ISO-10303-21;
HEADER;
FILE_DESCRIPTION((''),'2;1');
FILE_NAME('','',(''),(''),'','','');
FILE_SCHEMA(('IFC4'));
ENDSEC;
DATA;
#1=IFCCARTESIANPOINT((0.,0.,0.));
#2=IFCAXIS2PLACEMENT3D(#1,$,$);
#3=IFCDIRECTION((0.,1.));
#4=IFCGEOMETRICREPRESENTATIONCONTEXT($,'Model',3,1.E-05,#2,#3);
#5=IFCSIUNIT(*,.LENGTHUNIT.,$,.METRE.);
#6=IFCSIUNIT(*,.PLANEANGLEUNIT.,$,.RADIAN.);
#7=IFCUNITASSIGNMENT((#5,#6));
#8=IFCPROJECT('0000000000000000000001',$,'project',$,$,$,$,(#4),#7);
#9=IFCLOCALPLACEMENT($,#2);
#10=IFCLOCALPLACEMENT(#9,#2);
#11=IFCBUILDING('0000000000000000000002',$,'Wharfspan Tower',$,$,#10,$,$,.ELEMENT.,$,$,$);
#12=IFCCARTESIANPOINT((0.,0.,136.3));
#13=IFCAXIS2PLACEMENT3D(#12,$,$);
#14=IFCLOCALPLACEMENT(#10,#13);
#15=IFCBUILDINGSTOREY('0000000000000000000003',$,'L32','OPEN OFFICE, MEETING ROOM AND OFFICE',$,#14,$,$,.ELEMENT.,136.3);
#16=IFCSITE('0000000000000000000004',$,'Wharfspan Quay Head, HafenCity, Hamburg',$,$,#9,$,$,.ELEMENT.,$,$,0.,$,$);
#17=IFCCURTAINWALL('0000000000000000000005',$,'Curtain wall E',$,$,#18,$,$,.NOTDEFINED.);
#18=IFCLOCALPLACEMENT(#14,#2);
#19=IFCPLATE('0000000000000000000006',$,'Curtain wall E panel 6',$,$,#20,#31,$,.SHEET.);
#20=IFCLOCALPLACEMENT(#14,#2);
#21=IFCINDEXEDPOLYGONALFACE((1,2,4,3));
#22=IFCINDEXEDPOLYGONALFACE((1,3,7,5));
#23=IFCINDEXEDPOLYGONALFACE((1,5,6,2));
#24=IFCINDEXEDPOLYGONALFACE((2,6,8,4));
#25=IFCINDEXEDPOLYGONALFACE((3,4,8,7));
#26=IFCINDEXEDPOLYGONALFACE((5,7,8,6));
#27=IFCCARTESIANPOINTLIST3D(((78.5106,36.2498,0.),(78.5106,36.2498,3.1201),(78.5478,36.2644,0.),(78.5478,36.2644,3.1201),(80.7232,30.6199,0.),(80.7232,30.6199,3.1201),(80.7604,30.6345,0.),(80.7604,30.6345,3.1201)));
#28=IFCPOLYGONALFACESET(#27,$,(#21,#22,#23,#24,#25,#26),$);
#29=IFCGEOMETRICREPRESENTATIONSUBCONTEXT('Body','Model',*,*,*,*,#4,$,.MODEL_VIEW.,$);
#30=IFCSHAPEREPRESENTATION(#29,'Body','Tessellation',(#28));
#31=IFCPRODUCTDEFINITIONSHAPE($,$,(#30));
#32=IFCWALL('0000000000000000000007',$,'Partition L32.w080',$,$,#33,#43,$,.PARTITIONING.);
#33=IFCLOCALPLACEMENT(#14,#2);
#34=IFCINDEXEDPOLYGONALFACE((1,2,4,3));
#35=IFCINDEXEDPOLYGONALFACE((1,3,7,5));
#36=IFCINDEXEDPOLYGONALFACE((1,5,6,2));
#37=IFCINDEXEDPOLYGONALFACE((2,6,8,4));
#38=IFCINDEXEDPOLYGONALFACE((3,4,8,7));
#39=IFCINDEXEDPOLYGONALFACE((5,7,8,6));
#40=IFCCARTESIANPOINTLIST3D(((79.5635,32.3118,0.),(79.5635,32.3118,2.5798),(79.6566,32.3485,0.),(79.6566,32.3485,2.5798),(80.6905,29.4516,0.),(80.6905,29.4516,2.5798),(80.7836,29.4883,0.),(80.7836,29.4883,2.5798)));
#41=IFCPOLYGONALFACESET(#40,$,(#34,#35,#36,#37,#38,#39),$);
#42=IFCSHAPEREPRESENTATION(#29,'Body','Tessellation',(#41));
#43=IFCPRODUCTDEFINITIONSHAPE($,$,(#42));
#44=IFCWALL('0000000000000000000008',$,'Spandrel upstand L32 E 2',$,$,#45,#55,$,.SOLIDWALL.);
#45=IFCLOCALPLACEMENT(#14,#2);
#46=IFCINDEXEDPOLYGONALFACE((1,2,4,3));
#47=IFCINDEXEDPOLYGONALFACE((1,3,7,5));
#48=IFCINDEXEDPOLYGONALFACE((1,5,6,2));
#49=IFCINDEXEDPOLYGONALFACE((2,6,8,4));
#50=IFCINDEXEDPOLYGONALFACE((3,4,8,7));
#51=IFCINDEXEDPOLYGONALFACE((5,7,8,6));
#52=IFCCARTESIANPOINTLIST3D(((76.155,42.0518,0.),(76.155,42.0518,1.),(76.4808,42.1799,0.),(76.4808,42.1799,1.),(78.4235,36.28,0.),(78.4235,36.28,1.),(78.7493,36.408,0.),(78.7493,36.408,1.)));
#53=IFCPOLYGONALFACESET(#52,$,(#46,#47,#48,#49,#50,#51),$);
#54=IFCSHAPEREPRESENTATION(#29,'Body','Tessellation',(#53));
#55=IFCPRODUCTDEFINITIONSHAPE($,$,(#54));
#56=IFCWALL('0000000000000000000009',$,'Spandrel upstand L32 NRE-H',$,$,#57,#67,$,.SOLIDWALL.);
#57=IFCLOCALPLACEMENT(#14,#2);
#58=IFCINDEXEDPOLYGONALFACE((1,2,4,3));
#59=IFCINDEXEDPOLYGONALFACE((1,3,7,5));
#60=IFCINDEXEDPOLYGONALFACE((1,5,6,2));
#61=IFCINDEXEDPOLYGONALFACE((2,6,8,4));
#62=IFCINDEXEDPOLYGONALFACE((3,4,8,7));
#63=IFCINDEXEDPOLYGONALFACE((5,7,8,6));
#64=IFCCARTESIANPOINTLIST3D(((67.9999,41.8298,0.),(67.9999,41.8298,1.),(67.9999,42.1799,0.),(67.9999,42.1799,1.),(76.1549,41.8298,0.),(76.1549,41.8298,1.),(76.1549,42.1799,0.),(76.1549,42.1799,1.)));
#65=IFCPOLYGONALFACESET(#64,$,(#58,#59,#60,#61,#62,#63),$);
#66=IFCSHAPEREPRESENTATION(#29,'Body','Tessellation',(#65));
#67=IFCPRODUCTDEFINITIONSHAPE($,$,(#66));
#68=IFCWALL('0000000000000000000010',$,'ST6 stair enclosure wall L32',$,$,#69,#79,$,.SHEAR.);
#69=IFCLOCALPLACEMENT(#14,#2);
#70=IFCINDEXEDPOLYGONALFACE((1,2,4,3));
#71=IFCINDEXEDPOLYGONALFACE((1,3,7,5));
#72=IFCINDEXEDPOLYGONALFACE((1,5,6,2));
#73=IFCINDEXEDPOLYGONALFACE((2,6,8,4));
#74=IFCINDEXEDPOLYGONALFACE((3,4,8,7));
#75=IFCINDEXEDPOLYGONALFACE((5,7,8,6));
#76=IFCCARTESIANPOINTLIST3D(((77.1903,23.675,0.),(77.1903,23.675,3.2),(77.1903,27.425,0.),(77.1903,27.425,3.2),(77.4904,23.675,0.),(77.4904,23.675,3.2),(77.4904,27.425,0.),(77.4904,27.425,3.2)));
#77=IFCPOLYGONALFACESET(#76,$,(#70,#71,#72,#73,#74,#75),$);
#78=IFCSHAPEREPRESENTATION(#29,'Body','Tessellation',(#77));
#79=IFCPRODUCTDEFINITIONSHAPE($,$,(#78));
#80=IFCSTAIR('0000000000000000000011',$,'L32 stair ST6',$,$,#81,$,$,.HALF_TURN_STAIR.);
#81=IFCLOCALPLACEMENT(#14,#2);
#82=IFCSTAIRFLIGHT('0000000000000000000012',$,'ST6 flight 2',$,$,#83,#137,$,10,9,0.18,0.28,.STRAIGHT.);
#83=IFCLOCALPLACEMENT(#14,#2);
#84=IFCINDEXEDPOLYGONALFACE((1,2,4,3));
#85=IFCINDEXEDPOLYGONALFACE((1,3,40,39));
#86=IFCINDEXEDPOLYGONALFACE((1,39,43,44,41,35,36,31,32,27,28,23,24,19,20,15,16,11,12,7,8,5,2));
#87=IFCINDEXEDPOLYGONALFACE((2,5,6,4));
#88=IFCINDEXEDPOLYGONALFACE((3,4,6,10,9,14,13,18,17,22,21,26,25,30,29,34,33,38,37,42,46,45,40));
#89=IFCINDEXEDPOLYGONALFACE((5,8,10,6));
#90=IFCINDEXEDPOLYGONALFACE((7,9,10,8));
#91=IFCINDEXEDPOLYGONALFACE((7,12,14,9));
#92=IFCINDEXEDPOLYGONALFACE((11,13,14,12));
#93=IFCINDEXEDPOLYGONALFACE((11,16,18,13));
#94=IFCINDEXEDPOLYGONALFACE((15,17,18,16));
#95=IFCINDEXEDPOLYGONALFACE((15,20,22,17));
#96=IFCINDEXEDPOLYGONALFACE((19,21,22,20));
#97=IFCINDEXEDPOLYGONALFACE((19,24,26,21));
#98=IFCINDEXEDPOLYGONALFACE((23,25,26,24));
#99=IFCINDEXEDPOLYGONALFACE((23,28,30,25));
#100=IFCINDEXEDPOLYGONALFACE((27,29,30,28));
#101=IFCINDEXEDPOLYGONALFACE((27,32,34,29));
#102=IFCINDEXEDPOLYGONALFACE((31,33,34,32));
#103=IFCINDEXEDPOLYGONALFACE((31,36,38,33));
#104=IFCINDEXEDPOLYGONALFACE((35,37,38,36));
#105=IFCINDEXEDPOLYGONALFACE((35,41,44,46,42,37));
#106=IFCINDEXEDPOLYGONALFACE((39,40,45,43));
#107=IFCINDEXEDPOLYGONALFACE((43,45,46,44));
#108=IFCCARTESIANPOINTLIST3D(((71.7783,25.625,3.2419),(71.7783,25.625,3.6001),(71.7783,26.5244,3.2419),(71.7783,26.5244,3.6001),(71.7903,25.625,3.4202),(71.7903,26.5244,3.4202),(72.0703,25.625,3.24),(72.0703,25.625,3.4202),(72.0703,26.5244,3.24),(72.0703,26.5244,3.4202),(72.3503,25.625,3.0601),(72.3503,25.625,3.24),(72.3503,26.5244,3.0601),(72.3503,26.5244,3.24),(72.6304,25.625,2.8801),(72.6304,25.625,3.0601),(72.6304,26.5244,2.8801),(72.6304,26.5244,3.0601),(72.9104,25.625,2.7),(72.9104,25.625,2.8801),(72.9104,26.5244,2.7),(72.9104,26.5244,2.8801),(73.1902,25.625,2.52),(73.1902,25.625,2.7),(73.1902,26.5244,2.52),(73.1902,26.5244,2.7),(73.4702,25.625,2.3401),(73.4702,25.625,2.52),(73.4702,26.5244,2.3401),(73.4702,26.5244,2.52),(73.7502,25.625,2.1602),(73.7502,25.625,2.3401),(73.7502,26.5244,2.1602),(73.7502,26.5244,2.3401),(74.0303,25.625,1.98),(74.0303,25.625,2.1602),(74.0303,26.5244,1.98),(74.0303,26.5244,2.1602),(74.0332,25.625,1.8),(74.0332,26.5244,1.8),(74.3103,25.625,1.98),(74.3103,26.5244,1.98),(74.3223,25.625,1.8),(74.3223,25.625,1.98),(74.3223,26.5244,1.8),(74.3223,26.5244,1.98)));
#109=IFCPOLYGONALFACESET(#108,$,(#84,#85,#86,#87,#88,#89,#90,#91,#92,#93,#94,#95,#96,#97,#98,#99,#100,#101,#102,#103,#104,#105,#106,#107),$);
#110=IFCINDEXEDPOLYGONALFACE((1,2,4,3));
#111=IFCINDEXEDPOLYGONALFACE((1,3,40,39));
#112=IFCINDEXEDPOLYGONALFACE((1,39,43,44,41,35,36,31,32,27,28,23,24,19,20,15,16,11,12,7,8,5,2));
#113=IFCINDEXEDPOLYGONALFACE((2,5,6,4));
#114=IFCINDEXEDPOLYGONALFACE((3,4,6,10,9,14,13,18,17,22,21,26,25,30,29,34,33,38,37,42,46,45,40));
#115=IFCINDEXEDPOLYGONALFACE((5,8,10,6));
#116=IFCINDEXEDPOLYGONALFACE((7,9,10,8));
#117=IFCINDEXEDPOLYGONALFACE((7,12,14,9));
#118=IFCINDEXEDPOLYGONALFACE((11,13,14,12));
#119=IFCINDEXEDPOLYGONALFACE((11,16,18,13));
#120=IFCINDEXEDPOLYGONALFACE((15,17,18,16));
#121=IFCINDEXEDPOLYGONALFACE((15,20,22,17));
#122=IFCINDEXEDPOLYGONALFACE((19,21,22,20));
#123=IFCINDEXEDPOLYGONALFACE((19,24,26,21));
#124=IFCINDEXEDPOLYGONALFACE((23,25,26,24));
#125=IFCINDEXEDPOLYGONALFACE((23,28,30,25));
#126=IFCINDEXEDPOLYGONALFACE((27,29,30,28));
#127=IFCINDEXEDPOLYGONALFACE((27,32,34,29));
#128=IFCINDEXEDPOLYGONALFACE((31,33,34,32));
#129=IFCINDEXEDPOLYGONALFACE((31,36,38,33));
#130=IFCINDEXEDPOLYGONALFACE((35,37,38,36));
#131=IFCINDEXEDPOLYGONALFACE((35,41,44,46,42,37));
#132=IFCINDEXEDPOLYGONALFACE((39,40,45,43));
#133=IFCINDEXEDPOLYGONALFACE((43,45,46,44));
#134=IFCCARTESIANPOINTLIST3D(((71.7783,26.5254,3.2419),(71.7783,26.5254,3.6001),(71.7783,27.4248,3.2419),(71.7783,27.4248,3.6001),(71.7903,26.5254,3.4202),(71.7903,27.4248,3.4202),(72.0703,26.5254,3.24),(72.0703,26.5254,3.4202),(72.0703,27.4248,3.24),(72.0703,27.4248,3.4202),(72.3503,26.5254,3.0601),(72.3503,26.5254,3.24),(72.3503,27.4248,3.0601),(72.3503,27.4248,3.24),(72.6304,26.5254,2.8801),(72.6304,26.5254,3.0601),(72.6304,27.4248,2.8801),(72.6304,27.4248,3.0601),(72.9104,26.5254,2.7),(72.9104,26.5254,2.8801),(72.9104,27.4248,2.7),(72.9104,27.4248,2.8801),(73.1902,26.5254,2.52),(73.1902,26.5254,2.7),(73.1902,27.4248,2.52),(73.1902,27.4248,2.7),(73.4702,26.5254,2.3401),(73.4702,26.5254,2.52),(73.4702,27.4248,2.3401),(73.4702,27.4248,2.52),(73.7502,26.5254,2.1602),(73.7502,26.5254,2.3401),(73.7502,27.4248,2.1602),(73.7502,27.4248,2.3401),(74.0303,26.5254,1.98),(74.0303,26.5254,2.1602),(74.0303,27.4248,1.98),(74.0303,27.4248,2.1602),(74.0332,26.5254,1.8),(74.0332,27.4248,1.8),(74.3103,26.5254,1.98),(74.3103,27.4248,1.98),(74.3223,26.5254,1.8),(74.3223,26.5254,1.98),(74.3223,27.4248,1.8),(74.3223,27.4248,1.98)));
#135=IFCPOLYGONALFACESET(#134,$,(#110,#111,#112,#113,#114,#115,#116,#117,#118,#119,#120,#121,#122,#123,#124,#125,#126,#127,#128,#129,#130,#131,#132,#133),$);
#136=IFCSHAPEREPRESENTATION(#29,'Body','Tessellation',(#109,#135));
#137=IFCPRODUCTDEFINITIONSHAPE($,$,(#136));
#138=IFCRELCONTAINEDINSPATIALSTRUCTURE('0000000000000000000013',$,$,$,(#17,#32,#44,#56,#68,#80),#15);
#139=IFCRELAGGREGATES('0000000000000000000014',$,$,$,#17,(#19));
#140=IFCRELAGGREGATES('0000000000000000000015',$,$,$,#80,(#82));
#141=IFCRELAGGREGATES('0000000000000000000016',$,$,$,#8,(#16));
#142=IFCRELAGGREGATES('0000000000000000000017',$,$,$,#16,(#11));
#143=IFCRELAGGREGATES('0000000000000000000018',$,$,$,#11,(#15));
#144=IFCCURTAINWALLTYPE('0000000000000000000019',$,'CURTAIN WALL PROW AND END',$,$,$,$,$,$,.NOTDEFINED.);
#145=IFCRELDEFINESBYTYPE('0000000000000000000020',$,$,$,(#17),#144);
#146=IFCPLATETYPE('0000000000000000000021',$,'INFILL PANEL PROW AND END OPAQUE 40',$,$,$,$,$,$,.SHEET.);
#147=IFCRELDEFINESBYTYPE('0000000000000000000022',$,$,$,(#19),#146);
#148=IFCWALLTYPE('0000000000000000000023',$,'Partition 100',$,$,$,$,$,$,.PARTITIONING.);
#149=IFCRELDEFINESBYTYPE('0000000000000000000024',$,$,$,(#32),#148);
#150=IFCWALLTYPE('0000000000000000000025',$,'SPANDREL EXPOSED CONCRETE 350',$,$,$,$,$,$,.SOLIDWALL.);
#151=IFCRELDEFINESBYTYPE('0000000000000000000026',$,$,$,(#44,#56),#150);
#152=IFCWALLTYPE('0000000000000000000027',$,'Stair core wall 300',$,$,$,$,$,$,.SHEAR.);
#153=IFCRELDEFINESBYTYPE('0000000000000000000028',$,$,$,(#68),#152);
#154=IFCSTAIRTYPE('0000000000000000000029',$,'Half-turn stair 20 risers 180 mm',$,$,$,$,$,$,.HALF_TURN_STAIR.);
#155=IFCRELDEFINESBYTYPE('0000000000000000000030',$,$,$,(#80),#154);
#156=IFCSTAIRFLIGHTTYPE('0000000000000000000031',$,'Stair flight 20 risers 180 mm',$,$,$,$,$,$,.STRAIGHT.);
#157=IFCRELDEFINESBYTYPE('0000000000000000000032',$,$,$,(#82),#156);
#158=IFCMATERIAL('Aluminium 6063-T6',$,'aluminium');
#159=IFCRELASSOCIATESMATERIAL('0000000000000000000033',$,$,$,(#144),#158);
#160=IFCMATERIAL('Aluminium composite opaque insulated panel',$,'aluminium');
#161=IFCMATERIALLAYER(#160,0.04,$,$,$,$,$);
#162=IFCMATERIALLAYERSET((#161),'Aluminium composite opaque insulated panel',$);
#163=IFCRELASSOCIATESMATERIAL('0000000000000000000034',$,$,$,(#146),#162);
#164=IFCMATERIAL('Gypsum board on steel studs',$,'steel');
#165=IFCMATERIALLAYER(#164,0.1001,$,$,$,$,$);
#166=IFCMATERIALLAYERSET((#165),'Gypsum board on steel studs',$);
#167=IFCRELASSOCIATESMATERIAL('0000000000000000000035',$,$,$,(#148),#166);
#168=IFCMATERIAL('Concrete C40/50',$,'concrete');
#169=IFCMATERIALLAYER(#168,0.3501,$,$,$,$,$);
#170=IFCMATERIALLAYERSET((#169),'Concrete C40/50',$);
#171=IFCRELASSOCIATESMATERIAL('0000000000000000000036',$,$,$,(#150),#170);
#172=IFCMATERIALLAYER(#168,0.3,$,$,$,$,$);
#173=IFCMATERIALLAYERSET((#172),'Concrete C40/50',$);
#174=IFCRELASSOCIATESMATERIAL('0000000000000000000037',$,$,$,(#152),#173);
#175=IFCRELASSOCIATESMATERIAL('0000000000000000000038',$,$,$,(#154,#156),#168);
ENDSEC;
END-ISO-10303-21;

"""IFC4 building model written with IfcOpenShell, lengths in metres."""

from ifc_helpers import new_model, si_unit, direction, frame, frame_2d, origin, origin_2d, place, context, subcontext, project, spatial, polyline, rectangle, outline, extrude, material, layer, layer_set, type_object, element, aggregate, save


model = new_model("IFC4")

# Units and contexts
model_context = context("Model", 3, precision=1e-05, world=origin(), true_north=direction((0.0, 1.0)))
body_context = subcontext(model_context, "Body", "Model", "MODEL_VIEW")
ifc_project = project(units=[si_unit("LENGTHUNIT", "METRE"), si_unit("PLANEANGLEUNIT", "RADIAN")], contexts=[model_context])

# Site, building, storey
site_placement = place(None, origin())
site = spatial("IfcSite", under=ifc_project, at=site_placement, Name="Wharfspan Quay Head, HafenCity, Hamburg", CompositionType="ELEMENT", RefElevation=0.0)
building_placement = place(site_placement, origin())
building = spatial("IfcBuilding", under=site, at=building_placement, Name="Wharfspan Tower", CompositionType="ELEMENT")
storey_placement = place(building_placement, frame((0.0, 0.0, 136.3)))
storey = spatial("IfcBuildingStorey", under=building, at=storey_placement, Name="L32", Description="OPEN OFFICE, MEETING ROOM AND OFFICE", CompositionType="ELEMENT", Elevation=136.3)

# Curtain wall
ifc_material_1 = material(Name="Aluminium 6063-T6", Category="aluminium")
curtain_wall_type = type_object("IfcCurtainWallType", Name="CURTAIN WALL PROW AND END", PredefinedType="NOTDEFINED", material=ifc_material_1)
curtain_wall_1_placement = place(storey_placement, origin())
curtain_wall_1 = element("IfcCurtainWall", 1, at=curtain_wall_1_placement, inside=storey, type_object=curtain_wall_type, Name="Curtain wall E", PredefinedType="NOTDEFINED")

# Plate
ifc_material_2 = material(Name="Aluminium composite opaque insulated panel", Category="aluminium")
ifc_layer_1 = layer(ifc_material_2, 0.04)
ifc_layer_set_1 = layer_set([ifc_layer_1], Name="Aluminium composite opaque insulated panel")
plate_type_1 = type_object("IfcPlateType", Name="INFILL PANEL PROW AND END OPAQUE 40", PredefinedType="SHEET", material=ifc_layer_set_1)
plate_1_placement = place(storey_placement, frame((79.6355, 33.4421, 0.0), z_axis=(0.0, 0.0, 1.0), x_axis=(-0.365778, 0.930702, 0.0)))
plate_1 = element("IfcPlate", 2, at=plate_1_placement, type_object=plate_type_1, Name="Curtain wall E panel 6", PredefinedType="SHEET", context=body_context, shape_type="SweptSolid", body=[
    extrude(rectangle(XDim=6.0491, YDim=0.04, at=origin_2d()), origin(), (0.0, 0.0, 1.0), 3.1201),
])
aggregate(curtain_wall_1, [plate_1])

# Walls
ifc_material_3 = material(Name="Gypsum board on steel studs", Category="steel")
ifc_layer_2 = layer(ifc_material_3, 0.1001)
ifc_layer_set_2 = layer_set([ifc_layer_2], Name="Gypsum board on steel studs")
wall_type_1 = type_object("IfcWallType", Name="Partition 100", PredefinedType="PARTITIONING", material=ifc_layer_set_2)
wall_1_placement = place(storey_placement, frame((80.7371, 29.47, 0.0), z_axis=(0.0, 0.0, 1.0), x_axis=(-0.366592, 0.930378, 0.0)))
element("IfcWall", 3, at=wall_1_placement, inside=storey, type_object=wall_type_1, Name="Partition L32.w080", PredefinedType="PARTITIONING", context=body_context, shape_type="SweptSolid", body=[
    extrude(rectangle(XDim=3.0742, YDim=0.1001, at=frame_2d((1.5371, 0.0))), origin(), (0.0, 0.0, 1.0), 2.5798),
])
ifc_material_4 = material(Name="Concrete C40/50", Category="concrete")
ifc_layer_3 = layer(ifc_material_4, 0.3501)
ifc_layer_set_3 = layer_set([ifc_layer_3], Name="Concrete C40/50")
wall_type_2 = type_object("IfcWallType", Name="SPANDREL EXPOSED CONCRETE 350", PredefinedType="SOLIDWALL", material=ifc_layer_set_3)
wall_2_placement = place(storey_placement, frame((78.5864, 36.344, 0.0), z_axis=(0.0, 0.0, 1.0), x_axis=(-0.365792, 0.930699, 0.0)))
element("IfcWall", 4, at=wall_2_placement, inside=storey, type_object=wall_type_2, Name="Spandrel upstand L32 E 2", PredefinedType="SOLIDWALL", context=body_context, shape_type="SweptSolid", body=[
    extrude(rectangle(XDim=6.2017, YDim=0.3501, at=frame_2d((3.1008, 0.0))), origin(), (0.0, 0.0, 1.0), 1.0),
])
wall_3_placement = place(storey_placement, frame((76.155, 42.0049, 0.0), z_axis=(0.0, 0.0, 1.0), x_axis=(-1.0, 0.0, 0.0)))
element("IfcWall", 5, at=wall_3_placement, inside=storey, type_object=wall_type_2, Name="Spandrel upstand L32 NRE-H", PredefinedType="SOLIDWALL", context=body_context, shape_type="SweptSolid", body=[
    extrude(rectangle(XDim=8.155, YDim=0.3501, at=frame_2d((4.0776, 0.0))), origin(), (0.0, 0.0, 1.0), 1.0),
])
ifc_layer_4 = layer(ifc_material_4, 0.3)
ifc_layer_set_4 = layer_set([ifc_layer_4], Name="Concrete C40/50")
wall_type_3 = type_object("IfcWallType", Name="Stair core wall 300", PredefinedType="SHEAR", material=ifc_layer_set_4)
wall_4_placement = place(storey_placement, frame((77.3403, 23.675, 0.0), z_axis=(0.0, 0.0, 1.0), x_axis=(0.0, 1.0, 0.0)))
element("IfcWall", 6, at=wall_4_placement, inside=storey, type_object=wall_type_3, Name="ST6 stair enclosure wall L32", PredefinedType="SHEAR", context=body_context, shape_type="SweptSolid", body=[
    extrude(rectangle(XDim=3.75, YDim=0.3, at=frame_2d((1.875, 0.0))), origin(), (0.0, 0.0, 1.0), 3.2),
])

# Stair, stair flight
stair_type = type_object("IfcStairType", Name="Half-turn stair 20 risers 180 mm", PredefinedType="HALF_TURN_STAIR", material=ifc_material_4)
stair_placement = place(storey_placement, origin())
stair = element("IfcStair", 7, at=stair_placement, inside=storey, type_object=stair_type, Name="L32 stair ST6", PredefinedType="HALF_TURN_STAIR")
stair_flight_type = type_object("IfcStairFlightType", Name="Stair flight 20 risers 180 mm", PredefinedType="STRAIGHT", material=ifc_material_4)
stair_flight_placement = place(storey_placement, frame((74.3103, 26.5249, 1.8), z_axis=(0.0, 0.0, 1.0), x_axis=(-1.0, 0.0, 0.0)))
stair_flight = element("IfcStairFlight", 8, at=stair_flight_placement, type_object=stair_flight_type, Name="ST6 flight 2", NumberOfRisers=10, NumberOfTreads=9, PredefinedType="STRAIGHT", RiserHeight=0.18, TreadLength=0.28, context=body_context, shape_type="SweptSolid", body=[
    extrude(outline(polyline([(-0.012, 0.0), (-0.012, 0.1799), (0.0, 0.1799), (0.28, 0.1799), (0.28, 0.3601), (0.5601, 0.3601), (0.5601, 0.54), (0.8401, 0.54), (0.8401, 0.72), (1.1201, 0.72), (1.1201, 0.8999), (1.3999, 0.8999), (1.3999, 1.0801), (1.6799, 1.0801), (1.6799, 1.26), (1.96, 1.26), (1.96, 1.4399), (2.24, 1.4399), (2.24, 1.6201), (2.52, 1.6201), (2.532, 1.8), (2.532, 1.4419), (0.2771, 0.0), (-0.012, 0.0)])), frame((0.0, 0.8999, 0.0), z_axis=(0.0, -1.0, 0.0), x_axis=(1.0, 0.0, 0.0)), (0.0, 0.0, 1.0), 0.8994),
    extrude(outline(polyline([(-0.012, 0.0), (-0.012, 0.1799), (0.0, 0.1799), (0.28, 0.1799), (0.28, 0.3601), (0.5601, 0.3601), (0.5601, 0.54), (0.8401, 0.54), (0.8401, 0.72), (1.1201, 0.72), (1.1201, 0.8999), (1.3999, 0.8999), (1.3999, 1.0801), (1.6799, 1.0801), (1.6799, 1.26), (1.96, 1.26), (1.96, 1.4399), (2.24, 1.4399), (2.24, 1.6201), (2.52, 1.6201), (2.532, 1.8), (2.532, 1.4419), (0.2771, 0.0), (-0.012, 0.0)])), frame((0.0, -0.0005, 0.0), z_axis=(0.0, -1.0, 0.0), x_axis=(1.0, 0.0, 0.0)), (0.0, 0.0, 1.0), 0.8994),
])
aggregate(stair, [stair_flight])

save(model, "model.ifc")
